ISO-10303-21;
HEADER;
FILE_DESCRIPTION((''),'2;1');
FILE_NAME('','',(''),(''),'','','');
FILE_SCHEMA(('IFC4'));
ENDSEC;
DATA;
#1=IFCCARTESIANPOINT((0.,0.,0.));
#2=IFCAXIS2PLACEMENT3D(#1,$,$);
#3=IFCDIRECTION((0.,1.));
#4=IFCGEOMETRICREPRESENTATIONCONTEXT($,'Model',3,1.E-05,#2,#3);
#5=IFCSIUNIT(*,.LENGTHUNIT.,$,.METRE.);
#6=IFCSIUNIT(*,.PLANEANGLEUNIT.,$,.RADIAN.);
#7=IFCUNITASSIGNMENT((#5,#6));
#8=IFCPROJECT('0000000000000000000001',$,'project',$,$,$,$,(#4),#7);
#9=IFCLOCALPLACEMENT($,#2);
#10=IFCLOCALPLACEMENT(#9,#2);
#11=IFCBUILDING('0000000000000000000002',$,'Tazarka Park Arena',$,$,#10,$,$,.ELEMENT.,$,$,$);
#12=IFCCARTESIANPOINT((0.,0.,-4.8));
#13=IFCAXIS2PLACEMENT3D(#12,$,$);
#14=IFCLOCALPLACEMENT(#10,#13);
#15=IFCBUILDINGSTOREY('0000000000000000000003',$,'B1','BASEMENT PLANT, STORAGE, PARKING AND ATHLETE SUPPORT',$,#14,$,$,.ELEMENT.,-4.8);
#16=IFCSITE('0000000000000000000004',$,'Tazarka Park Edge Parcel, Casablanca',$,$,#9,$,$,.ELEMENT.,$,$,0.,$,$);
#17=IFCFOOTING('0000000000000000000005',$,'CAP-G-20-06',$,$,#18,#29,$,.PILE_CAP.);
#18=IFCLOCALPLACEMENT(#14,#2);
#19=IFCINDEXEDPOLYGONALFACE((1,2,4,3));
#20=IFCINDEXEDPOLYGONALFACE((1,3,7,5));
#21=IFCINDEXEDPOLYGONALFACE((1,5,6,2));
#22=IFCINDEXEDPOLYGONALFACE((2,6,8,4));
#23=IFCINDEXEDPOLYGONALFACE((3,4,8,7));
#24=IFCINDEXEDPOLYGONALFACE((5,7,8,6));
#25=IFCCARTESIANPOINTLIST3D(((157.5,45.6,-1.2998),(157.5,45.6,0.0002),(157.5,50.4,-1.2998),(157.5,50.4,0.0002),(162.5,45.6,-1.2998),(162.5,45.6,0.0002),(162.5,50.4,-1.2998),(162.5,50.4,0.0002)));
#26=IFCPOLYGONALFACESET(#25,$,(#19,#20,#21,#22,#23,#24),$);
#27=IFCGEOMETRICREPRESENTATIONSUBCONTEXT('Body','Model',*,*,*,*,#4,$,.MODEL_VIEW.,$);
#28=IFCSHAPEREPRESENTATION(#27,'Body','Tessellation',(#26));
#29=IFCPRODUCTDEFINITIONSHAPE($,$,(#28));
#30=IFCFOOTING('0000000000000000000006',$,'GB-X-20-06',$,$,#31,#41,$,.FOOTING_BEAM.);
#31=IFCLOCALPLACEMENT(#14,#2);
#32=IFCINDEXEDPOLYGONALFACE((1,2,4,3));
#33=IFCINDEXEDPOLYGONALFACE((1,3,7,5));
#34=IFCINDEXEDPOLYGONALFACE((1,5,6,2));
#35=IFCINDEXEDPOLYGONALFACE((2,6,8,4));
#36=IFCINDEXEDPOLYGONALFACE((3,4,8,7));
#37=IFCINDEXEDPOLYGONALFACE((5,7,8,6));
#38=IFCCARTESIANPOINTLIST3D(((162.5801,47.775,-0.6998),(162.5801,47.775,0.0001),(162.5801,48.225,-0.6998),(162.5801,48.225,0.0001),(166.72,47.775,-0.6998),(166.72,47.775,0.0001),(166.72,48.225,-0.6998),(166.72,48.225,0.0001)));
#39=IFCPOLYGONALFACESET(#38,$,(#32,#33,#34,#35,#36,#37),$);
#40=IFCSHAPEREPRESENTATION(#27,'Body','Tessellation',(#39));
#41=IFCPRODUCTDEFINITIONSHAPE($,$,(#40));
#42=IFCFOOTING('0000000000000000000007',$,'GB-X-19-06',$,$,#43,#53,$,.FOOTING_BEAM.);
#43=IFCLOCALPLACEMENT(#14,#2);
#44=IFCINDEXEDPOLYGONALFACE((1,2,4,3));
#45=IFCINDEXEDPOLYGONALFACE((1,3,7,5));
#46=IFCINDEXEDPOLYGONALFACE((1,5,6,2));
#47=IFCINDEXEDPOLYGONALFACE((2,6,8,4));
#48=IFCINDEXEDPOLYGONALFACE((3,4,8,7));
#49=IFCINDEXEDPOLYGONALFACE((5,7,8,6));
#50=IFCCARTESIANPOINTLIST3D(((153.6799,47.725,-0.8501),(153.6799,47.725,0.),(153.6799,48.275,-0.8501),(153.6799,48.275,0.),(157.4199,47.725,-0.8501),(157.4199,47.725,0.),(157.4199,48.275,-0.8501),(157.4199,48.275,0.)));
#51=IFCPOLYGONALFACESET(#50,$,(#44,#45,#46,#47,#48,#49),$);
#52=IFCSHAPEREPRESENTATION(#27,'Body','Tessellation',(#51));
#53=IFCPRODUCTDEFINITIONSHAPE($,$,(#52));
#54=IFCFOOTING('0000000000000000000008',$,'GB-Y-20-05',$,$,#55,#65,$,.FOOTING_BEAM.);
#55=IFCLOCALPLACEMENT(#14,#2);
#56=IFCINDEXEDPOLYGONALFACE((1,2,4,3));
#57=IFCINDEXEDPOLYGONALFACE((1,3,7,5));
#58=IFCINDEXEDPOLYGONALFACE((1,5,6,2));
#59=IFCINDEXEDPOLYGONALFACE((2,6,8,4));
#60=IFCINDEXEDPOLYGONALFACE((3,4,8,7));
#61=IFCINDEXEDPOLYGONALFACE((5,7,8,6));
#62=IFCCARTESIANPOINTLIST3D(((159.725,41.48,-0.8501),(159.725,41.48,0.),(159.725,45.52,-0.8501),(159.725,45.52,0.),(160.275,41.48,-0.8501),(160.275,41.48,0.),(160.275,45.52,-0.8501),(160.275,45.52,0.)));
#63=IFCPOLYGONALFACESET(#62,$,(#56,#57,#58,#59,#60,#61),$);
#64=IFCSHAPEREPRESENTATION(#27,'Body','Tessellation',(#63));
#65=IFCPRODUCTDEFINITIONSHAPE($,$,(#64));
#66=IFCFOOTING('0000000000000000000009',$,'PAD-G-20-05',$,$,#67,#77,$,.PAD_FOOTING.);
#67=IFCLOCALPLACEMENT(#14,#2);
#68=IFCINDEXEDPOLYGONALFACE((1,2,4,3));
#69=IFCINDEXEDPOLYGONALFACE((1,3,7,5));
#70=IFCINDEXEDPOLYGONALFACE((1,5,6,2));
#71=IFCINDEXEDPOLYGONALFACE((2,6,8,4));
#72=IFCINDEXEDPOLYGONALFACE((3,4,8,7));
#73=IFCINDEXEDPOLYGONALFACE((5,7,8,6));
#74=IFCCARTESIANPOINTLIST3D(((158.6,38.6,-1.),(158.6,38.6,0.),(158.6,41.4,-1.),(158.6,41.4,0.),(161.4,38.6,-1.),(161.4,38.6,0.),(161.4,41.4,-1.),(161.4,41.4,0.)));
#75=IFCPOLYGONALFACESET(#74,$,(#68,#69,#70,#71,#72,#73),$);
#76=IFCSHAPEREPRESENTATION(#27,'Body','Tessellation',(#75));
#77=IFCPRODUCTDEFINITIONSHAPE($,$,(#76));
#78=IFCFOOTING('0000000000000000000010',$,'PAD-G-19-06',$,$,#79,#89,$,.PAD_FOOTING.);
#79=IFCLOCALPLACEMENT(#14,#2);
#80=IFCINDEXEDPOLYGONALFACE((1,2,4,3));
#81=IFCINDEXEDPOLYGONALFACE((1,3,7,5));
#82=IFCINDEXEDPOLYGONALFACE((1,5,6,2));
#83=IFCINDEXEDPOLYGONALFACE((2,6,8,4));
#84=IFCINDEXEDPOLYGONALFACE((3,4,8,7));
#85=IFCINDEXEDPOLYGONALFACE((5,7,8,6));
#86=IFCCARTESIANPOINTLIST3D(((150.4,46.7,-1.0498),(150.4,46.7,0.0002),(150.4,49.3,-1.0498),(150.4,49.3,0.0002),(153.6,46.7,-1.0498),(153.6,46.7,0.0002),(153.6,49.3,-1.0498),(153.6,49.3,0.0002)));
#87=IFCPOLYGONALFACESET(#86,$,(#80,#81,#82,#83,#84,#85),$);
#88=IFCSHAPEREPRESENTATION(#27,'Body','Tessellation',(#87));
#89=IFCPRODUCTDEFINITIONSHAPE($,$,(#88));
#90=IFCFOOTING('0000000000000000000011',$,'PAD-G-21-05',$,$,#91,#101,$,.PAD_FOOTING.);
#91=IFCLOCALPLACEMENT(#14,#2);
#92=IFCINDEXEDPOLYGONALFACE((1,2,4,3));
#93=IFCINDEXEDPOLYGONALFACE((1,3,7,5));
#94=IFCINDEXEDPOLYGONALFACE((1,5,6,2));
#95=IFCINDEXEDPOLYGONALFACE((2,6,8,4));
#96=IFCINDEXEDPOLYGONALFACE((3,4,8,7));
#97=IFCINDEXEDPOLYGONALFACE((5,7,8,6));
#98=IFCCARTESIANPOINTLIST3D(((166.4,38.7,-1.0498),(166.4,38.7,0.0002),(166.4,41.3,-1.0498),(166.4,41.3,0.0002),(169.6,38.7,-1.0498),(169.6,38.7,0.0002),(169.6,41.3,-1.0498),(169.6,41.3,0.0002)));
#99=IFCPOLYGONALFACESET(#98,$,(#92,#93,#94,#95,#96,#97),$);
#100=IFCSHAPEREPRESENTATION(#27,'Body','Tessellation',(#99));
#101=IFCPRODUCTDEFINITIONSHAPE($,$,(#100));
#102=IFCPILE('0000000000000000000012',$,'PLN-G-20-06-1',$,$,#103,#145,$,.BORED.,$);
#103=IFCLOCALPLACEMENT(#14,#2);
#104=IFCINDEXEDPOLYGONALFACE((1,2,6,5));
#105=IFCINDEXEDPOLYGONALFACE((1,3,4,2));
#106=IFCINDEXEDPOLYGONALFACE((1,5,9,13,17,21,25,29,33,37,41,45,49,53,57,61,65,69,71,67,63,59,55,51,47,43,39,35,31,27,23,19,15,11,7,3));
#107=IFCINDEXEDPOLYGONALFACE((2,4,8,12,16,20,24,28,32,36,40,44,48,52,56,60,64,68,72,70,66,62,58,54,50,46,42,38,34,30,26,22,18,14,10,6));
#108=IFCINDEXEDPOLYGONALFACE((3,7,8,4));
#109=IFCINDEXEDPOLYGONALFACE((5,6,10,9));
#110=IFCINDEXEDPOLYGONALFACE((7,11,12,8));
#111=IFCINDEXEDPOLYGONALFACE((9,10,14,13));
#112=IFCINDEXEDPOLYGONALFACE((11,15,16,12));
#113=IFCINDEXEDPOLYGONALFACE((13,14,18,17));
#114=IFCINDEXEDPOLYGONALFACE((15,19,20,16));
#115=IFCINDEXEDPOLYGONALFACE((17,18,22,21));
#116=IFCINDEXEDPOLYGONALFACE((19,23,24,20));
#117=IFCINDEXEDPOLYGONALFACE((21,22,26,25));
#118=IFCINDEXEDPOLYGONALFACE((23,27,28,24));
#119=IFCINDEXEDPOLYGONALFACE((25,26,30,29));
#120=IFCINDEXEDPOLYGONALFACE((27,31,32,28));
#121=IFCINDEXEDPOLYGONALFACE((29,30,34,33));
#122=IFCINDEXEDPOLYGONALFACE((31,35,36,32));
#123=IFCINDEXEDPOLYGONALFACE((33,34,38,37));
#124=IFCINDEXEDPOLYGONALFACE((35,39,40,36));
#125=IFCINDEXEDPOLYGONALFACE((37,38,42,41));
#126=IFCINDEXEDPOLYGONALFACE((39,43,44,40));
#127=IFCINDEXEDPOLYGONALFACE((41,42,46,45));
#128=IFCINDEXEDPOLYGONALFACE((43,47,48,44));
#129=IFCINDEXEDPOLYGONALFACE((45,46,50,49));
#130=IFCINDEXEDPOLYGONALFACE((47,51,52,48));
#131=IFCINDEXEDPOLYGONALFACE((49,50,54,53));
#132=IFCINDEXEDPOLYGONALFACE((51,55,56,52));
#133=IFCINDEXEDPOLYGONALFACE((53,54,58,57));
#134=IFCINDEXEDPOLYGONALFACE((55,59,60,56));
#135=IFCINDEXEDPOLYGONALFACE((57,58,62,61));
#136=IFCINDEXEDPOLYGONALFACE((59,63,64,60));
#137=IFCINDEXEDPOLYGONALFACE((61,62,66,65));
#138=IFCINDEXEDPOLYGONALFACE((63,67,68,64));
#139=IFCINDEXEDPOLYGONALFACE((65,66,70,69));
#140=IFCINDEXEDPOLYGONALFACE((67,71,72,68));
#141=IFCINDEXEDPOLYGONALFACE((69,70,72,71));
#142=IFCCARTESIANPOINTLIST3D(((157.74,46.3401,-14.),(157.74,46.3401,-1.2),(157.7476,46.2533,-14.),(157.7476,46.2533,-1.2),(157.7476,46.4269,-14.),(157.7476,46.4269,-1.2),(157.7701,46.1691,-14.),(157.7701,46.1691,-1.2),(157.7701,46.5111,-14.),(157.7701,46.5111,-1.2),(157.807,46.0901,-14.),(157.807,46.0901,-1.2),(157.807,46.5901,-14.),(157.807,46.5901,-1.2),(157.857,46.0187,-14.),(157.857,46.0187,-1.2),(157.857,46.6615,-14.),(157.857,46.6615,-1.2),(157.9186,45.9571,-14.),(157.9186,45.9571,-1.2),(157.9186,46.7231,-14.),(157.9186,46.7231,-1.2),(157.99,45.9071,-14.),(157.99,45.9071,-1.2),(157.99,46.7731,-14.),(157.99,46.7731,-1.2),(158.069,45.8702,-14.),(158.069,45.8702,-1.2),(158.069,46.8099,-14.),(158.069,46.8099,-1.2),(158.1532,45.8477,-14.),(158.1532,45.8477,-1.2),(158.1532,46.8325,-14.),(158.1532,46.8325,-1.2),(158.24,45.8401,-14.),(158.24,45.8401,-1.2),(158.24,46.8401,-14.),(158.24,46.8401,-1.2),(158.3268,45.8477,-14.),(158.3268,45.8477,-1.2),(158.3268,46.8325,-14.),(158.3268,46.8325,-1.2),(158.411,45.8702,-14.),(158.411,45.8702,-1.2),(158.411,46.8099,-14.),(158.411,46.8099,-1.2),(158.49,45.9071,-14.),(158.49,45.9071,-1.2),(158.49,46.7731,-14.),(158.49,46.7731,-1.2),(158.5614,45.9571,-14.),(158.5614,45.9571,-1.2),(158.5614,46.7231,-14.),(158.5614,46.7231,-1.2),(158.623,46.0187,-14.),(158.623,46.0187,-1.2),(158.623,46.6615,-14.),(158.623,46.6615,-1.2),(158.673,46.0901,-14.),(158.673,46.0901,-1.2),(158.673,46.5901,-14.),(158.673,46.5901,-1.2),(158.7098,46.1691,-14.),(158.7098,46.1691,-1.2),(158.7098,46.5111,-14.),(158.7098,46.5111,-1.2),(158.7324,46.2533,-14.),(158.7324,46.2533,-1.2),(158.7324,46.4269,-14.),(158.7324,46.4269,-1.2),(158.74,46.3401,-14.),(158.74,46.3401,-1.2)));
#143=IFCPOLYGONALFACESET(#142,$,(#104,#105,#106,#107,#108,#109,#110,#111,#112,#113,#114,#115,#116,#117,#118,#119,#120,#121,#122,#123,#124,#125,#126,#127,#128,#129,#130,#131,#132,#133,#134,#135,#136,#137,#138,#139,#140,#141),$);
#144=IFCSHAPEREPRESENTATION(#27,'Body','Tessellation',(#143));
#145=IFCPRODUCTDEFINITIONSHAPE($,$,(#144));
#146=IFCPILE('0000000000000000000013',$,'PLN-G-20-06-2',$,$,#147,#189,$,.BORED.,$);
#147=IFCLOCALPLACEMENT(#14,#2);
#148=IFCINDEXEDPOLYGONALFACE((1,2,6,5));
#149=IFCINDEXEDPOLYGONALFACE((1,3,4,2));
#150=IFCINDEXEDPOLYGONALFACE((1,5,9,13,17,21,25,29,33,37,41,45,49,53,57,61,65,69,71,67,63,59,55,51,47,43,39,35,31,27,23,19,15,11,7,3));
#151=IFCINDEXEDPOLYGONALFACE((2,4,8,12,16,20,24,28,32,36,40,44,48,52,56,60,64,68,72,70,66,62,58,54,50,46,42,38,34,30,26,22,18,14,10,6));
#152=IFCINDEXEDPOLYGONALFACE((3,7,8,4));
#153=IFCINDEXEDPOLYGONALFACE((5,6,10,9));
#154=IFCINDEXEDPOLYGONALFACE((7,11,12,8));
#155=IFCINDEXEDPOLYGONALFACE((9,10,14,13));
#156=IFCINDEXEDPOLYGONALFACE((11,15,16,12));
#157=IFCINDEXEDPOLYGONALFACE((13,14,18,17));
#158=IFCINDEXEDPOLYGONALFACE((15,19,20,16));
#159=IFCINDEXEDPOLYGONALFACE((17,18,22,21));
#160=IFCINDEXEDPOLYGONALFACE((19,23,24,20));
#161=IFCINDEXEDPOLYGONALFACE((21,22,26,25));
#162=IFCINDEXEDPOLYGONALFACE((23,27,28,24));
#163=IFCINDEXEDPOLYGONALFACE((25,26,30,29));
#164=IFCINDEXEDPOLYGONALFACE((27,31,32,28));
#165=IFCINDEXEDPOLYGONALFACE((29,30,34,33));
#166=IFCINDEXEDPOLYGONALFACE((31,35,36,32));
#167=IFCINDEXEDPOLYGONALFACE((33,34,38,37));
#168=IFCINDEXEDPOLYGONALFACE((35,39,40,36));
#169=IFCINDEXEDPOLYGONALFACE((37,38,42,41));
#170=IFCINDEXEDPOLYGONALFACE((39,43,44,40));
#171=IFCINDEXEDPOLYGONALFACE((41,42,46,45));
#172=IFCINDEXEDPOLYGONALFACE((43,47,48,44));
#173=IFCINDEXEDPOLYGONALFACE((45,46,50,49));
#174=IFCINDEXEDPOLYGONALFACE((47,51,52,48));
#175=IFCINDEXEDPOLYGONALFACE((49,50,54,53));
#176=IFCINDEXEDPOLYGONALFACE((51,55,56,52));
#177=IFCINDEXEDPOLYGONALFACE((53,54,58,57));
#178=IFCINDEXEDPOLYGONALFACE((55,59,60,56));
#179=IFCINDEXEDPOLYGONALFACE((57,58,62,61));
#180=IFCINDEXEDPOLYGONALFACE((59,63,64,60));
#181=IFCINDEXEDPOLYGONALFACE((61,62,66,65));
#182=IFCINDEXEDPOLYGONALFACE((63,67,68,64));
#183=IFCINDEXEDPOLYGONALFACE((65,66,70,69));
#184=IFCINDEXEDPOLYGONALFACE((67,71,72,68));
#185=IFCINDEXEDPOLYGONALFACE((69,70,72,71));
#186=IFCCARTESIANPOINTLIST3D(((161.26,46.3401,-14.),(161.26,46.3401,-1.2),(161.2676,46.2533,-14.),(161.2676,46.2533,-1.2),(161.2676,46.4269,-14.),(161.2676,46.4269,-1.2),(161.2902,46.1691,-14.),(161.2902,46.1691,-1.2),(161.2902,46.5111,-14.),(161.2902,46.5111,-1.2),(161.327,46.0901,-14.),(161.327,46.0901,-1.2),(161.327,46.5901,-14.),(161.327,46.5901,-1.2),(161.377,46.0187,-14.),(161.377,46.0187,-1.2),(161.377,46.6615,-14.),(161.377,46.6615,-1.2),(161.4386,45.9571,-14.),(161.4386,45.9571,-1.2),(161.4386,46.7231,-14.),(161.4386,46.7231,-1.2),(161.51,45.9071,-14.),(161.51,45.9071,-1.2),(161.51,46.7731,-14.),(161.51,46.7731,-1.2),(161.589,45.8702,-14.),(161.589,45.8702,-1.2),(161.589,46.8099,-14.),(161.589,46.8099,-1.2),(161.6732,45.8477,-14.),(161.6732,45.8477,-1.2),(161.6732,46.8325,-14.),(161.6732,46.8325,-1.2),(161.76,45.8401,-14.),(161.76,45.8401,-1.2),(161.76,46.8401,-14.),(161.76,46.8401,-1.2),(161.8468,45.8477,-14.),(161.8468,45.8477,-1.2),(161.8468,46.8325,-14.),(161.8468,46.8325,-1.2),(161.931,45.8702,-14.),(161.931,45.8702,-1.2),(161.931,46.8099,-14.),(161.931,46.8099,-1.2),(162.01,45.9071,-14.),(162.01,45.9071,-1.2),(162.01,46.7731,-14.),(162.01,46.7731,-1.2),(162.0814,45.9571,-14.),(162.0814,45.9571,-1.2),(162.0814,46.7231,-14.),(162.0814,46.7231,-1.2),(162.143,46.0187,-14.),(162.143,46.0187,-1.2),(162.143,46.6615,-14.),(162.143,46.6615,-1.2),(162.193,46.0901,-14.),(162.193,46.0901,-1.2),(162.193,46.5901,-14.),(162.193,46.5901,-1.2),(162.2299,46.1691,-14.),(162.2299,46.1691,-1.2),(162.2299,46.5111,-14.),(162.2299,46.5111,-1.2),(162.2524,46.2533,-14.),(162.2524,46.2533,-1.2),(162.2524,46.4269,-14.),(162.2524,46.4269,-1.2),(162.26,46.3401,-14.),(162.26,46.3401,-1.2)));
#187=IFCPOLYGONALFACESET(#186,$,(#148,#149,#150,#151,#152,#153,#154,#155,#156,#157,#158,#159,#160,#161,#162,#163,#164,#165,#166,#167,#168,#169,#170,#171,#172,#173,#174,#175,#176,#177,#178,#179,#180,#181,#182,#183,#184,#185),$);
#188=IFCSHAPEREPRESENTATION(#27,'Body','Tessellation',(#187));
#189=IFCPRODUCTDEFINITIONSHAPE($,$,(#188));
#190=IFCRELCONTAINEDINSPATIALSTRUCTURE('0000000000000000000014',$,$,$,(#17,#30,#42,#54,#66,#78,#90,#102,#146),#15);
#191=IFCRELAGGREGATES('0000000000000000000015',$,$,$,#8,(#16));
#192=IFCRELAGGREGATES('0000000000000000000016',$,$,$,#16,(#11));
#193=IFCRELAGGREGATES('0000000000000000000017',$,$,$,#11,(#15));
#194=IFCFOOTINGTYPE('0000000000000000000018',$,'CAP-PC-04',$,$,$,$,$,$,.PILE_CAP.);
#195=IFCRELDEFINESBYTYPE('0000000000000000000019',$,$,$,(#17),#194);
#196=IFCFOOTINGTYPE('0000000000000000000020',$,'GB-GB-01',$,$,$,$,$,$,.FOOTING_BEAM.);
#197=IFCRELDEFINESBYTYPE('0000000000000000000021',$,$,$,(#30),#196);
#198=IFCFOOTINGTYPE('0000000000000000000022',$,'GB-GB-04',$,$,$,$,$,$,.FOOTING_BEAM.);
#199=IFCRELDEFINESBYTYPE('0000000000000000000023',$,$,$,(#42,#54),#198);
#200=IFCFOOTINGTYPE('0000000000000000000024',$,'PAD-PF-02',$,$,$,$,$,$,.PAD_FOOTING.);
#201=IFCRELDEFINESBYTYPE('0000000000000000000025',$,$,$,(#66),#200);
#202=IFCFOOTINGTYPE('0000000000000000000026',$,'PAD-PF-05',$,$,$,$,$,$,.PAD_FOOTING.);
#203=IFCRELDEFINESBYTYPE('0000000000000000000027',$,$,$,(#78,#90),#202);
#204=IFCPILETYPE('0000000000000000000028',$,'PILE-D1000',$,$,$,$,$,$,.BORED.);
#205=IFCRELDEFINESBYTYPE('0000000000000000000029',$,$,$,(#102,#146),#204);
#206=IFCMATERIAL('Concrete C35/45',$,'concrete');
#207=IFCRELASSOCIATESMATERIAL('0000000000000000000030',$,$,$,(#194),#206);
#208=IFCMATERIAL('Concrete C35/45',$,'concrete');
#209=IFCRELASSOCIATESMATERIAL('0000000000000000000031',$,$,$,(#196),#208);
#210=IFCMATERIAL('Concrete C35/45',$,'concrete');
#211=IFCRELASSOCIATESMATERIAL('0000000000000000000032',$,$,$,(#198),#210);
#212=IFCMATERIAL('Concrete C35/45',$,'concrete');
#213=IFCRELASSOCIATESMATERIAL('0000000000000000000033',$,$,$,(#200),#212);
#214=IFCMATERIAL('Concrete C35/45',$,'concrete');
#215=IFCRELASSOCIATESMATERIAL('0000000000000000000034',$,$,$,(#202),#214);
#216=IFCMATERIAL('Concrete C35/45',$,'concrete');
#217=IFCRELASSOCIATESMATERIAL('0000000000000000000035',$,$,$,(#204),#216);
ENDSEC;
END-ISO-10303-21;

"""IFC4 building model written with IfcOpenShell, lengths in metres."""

from ifc_helpers import new_model, si_unit, direction, frame, origin, origin_2d, place, context, subcontext, project, spatial, rectangle, circle, extrude, material, material_profile, profile_set, type_object, element, save


model = new_model("IFC4")

# Units and contexts
model_context = context("Model", 3, precision=1e-05, world=origin(), true_north=direction((0.0, 1.0)))
body_context = subcontext(model_context, "Body", "Model", "MODEL_VIEW")
ifc_project = project(units=[si_unit("LENGTHUNIT", "METRE"), si_unit("PLANEANGLEUNIT", "RADIAN")], contexts=[model_context])

# Site, building, storey
site_placement = place(None, origin())
site = spatial("IfcSite", under=ifc_project, at=site_placement, Name="Tazarka Park Edge Parcel, Casablanca", CompositionType="ELEMENT", RefElevation=0.0)
building_placement = place(site_placement, origin())
building = spatial("IfcBuilding", under=site, at=building_placement, Name="Tazarka Park Arena", CompositionType="ELEMENT")
storey_placement = place(building_placement, frame((0.0, 0.0, -4.8)))
storey = spatial("IfcBuildingStorey", under=building, at=storey_placement, Name="B1", Description="BASEMENT PLANT, STORAGE, PARKING AND ATHLETE SUPPORT", CompositionType="ELEMENT", Elevation=-4.8)

# Footings
ifc_material_1 = material(Name="Concrete C35/45", Category="concrete")
footing_type_1 = type_object("IfcFootingType", Name="CAP-PC-04", PredefinedType="PILE_CAP", material=ifc_material_1)
footing_1_placement = place(storey_placement, frame((160.0, 48.0, -1.2998), z_axis=(0.0, 0.0, 1.0), x_axis=(1.0, 0.0, 0.0)))
element("IfcFooting", 1, at=footing_1_placement, inside=storey, type_object=footing_type_1, Name="CAP-G-20-06", PredefinedType="PILE_CAP", context=body_context, shape_type="SweptSolid", body=[
    extrude(rectangle(XDim=5.0, YDim=4.8, at=origin_2d()), origin(), (0.0, 0.0, 1.0), 1.3),
])
ifc_material_2 = material(Name="Concrete C35/45", Category="concrete")
ifc_material_profile_1 = material_profile(ifc_material_2, rectangle(XDim=0.45, YDim=0.7, at=origin_2d()), Name="Concrete C35/45")
ifc_profile_set_1 = profile_set([ifc_material_profile_1], Name="Concrete C35/45")
footing_type_2 = type_object("IfcFootingType", Name="GB-GB-01", PredefinedType="FOOTING_BEAM", material=ifc_profile_set_1)
footing_2_placement = place(storey_placement, frame((162.5801, 48.0, -0.3499), z_axis=(1.0, 0.0, 0.0), x_axis=(0.0, 1.0, 0.0)))
element("IfcFooting", 2, at=footing_2_placement, inside=storey, type_object=footing_type_2, Name="GB-X-20-06", PredefinedType="FOOTING_BEAM", context=body_context, shape_type="SweptSolid", body=[
    extrude(rectangle(XDim=0.45, YDim=0.7, at=origin_2d()), origin(), (0.0, 0.0, 1.0), 4.1399),
])
ifc_material_3 = material(Name="Concrete C35/45", Category="concrete")
ifc_material_profile_2 = material_profile(ifc_material_3, rectangle(XDim=0.55, YDim=0.8501, at=origin_2d()), Name="Concrete C35/45")
ifc_profile_set_2 = profile_set([ifc_material_profile_2], Name="Concrete C35/45")
footing_type_3 = type_object("IfcFootingType", Name="GB-GB-04", PredefinedType="FOOTING_BEAM", material=ifc_profile_set_2)
footing_3_placement = place(storey_placement, frame((153.6799, 48.0, -0.425), z_axis=(1.0, 0.0, 0.0), x_axis=(0.0, 1.0, 0.0)))
element("IfcFooting", 3, at=footing_3_placement, inside=storey, type_object=footing_type_3, Name="GB-X-19-06", PredefinedType="FOOTING_BEAM", context=body_context, shape_type="SweptSolid", body=[
    extrude(rectangle(XDim=0.55, YDim=0.8501, at=origin_2d()), origin(), (0.0, 0.0, 1.0), 3.74),
])
footing_4_placement = place(storey_placement, frame((160.0, 41.48, -0.425), z_axis=(0.0, 1.0, 0.0), x_axis=(-1.0, 0.0, 0.0)))
element("IfcFooting", 4, at=footing_4_placement, inside=storey, type_object=footing_type_3, Name="GB-Y-20-05", PredefinedType="FOOTING_BEAM", context=body_context, shape_type="SweptSolid", body=[
    extrude(rectangle(XDim=0.55, YDim=0.8501, at=origin_2d()), origin(), (0.0, 0.0, 1.0), 4.04),
])
ifc_material_4 = material(Name="Concrete C35/45", Category="concrete")
footing_type_4 = type_object("IfcFootingType", Name="PAD-PF-02", PredefinedType="PAD_FOOTING", material=ifc_material_4)
footing_5_placement = place(storey_placement, frame((160.0, 40.0, -1.0), z_axis=(0.0, 0.0, 1.0), x_axis=(1.0, 0.0, 0.0)))
element("IfcFooting", 5, at=footing_5_placement, inside=storey, type_object=footing_type_4, Name="PAD-G-20-05", PredefinedType="PAD_FOOTING", context=body_context, shape_type="SweptSolid", body=[
    extrude(rectangle(XDim=2.8, YDim=2.8, at=origin_2d()), origin(), (0.0, 0.0, 1.0), 1.0),
])
ifc_material_5 = material(Name="Concrete C35/45", Category="concrete")
footing_type_5 = type_object("IfcFootingType", Name="PAD-PF-05", PredefinedType="PAD_FOOTING", material=ifc_material_5)
for number, where, z_axis, x_axis, name in (
    (6, (152.0, 48.0, -1.0498), (0.0, 0.0, 1.0), (1.0, 0.0, 0.0), "PAD-G-19-06"),
    (7, (168.0, 40.0, -1.0498), (0.0, 0.0, 1.0), (1.0, 0.0, 0.0), "PAD-G-21-05"),
):
    element("IfcFooting", number, at=place(storey_placement, frame(where, z_axis=z_axis, x_axis=x_axis)), inside=storey, type_object=footing_type_5, Name=name, PredefinedType="PAD_FOOTING", context=body_context, shape_type="SweptSolid", body=[
        extrude(rectangle(XDim=3.2, YDim=2.6001, at=origin_2d()), origin(), (0.0, 0.0, 1.0), 1.05),
    ])

# Piles
ifc_material_6 = material(Name="Concrete C35/45", Category="concrete")
ifc_material_profile_3 = material_profile(ifc_material_6, circle(Radius=0.5, at=origin_2d()), Name="Concrete C35/45")
ifc_profile_set_3 = profile_set([ifc_material_profile_3], Name="Concrete C35/45")
pile_type = type_object("IfcPileType", Name="PILE-D1000", PredefinedType="BORED", material=ifc_profile_set_3)
for number, where, z_axis, x_axis, name in (
    (8, (158.24, 46.3401, -1.2), (0.0, 0.0, -1.0), (1.0, 0.0, 0.0), "PLN-G-20-06-1"),
    (9, (161.76, 46.3401, -1.2), (0.0, 0.0, -1.0), (1.0, 0.0, 0.0), "PLN-G-20-06-2"),
):
    element("IfcPile", number, at=place(storey_placement, frame(where, z_axis=z_axis, x_axis=x_axis)), inside=storey, type_object=pile_type, Name=name, PredefinedType="BORED", context=body_context, shape_type="SweptSolid", body=[
        extrude(circle(Radius=0.5, at=origin_2d()), origin(), (0.0, 0.0, 1.0), 12.8),
    ])

save(model, "model.ifc")
